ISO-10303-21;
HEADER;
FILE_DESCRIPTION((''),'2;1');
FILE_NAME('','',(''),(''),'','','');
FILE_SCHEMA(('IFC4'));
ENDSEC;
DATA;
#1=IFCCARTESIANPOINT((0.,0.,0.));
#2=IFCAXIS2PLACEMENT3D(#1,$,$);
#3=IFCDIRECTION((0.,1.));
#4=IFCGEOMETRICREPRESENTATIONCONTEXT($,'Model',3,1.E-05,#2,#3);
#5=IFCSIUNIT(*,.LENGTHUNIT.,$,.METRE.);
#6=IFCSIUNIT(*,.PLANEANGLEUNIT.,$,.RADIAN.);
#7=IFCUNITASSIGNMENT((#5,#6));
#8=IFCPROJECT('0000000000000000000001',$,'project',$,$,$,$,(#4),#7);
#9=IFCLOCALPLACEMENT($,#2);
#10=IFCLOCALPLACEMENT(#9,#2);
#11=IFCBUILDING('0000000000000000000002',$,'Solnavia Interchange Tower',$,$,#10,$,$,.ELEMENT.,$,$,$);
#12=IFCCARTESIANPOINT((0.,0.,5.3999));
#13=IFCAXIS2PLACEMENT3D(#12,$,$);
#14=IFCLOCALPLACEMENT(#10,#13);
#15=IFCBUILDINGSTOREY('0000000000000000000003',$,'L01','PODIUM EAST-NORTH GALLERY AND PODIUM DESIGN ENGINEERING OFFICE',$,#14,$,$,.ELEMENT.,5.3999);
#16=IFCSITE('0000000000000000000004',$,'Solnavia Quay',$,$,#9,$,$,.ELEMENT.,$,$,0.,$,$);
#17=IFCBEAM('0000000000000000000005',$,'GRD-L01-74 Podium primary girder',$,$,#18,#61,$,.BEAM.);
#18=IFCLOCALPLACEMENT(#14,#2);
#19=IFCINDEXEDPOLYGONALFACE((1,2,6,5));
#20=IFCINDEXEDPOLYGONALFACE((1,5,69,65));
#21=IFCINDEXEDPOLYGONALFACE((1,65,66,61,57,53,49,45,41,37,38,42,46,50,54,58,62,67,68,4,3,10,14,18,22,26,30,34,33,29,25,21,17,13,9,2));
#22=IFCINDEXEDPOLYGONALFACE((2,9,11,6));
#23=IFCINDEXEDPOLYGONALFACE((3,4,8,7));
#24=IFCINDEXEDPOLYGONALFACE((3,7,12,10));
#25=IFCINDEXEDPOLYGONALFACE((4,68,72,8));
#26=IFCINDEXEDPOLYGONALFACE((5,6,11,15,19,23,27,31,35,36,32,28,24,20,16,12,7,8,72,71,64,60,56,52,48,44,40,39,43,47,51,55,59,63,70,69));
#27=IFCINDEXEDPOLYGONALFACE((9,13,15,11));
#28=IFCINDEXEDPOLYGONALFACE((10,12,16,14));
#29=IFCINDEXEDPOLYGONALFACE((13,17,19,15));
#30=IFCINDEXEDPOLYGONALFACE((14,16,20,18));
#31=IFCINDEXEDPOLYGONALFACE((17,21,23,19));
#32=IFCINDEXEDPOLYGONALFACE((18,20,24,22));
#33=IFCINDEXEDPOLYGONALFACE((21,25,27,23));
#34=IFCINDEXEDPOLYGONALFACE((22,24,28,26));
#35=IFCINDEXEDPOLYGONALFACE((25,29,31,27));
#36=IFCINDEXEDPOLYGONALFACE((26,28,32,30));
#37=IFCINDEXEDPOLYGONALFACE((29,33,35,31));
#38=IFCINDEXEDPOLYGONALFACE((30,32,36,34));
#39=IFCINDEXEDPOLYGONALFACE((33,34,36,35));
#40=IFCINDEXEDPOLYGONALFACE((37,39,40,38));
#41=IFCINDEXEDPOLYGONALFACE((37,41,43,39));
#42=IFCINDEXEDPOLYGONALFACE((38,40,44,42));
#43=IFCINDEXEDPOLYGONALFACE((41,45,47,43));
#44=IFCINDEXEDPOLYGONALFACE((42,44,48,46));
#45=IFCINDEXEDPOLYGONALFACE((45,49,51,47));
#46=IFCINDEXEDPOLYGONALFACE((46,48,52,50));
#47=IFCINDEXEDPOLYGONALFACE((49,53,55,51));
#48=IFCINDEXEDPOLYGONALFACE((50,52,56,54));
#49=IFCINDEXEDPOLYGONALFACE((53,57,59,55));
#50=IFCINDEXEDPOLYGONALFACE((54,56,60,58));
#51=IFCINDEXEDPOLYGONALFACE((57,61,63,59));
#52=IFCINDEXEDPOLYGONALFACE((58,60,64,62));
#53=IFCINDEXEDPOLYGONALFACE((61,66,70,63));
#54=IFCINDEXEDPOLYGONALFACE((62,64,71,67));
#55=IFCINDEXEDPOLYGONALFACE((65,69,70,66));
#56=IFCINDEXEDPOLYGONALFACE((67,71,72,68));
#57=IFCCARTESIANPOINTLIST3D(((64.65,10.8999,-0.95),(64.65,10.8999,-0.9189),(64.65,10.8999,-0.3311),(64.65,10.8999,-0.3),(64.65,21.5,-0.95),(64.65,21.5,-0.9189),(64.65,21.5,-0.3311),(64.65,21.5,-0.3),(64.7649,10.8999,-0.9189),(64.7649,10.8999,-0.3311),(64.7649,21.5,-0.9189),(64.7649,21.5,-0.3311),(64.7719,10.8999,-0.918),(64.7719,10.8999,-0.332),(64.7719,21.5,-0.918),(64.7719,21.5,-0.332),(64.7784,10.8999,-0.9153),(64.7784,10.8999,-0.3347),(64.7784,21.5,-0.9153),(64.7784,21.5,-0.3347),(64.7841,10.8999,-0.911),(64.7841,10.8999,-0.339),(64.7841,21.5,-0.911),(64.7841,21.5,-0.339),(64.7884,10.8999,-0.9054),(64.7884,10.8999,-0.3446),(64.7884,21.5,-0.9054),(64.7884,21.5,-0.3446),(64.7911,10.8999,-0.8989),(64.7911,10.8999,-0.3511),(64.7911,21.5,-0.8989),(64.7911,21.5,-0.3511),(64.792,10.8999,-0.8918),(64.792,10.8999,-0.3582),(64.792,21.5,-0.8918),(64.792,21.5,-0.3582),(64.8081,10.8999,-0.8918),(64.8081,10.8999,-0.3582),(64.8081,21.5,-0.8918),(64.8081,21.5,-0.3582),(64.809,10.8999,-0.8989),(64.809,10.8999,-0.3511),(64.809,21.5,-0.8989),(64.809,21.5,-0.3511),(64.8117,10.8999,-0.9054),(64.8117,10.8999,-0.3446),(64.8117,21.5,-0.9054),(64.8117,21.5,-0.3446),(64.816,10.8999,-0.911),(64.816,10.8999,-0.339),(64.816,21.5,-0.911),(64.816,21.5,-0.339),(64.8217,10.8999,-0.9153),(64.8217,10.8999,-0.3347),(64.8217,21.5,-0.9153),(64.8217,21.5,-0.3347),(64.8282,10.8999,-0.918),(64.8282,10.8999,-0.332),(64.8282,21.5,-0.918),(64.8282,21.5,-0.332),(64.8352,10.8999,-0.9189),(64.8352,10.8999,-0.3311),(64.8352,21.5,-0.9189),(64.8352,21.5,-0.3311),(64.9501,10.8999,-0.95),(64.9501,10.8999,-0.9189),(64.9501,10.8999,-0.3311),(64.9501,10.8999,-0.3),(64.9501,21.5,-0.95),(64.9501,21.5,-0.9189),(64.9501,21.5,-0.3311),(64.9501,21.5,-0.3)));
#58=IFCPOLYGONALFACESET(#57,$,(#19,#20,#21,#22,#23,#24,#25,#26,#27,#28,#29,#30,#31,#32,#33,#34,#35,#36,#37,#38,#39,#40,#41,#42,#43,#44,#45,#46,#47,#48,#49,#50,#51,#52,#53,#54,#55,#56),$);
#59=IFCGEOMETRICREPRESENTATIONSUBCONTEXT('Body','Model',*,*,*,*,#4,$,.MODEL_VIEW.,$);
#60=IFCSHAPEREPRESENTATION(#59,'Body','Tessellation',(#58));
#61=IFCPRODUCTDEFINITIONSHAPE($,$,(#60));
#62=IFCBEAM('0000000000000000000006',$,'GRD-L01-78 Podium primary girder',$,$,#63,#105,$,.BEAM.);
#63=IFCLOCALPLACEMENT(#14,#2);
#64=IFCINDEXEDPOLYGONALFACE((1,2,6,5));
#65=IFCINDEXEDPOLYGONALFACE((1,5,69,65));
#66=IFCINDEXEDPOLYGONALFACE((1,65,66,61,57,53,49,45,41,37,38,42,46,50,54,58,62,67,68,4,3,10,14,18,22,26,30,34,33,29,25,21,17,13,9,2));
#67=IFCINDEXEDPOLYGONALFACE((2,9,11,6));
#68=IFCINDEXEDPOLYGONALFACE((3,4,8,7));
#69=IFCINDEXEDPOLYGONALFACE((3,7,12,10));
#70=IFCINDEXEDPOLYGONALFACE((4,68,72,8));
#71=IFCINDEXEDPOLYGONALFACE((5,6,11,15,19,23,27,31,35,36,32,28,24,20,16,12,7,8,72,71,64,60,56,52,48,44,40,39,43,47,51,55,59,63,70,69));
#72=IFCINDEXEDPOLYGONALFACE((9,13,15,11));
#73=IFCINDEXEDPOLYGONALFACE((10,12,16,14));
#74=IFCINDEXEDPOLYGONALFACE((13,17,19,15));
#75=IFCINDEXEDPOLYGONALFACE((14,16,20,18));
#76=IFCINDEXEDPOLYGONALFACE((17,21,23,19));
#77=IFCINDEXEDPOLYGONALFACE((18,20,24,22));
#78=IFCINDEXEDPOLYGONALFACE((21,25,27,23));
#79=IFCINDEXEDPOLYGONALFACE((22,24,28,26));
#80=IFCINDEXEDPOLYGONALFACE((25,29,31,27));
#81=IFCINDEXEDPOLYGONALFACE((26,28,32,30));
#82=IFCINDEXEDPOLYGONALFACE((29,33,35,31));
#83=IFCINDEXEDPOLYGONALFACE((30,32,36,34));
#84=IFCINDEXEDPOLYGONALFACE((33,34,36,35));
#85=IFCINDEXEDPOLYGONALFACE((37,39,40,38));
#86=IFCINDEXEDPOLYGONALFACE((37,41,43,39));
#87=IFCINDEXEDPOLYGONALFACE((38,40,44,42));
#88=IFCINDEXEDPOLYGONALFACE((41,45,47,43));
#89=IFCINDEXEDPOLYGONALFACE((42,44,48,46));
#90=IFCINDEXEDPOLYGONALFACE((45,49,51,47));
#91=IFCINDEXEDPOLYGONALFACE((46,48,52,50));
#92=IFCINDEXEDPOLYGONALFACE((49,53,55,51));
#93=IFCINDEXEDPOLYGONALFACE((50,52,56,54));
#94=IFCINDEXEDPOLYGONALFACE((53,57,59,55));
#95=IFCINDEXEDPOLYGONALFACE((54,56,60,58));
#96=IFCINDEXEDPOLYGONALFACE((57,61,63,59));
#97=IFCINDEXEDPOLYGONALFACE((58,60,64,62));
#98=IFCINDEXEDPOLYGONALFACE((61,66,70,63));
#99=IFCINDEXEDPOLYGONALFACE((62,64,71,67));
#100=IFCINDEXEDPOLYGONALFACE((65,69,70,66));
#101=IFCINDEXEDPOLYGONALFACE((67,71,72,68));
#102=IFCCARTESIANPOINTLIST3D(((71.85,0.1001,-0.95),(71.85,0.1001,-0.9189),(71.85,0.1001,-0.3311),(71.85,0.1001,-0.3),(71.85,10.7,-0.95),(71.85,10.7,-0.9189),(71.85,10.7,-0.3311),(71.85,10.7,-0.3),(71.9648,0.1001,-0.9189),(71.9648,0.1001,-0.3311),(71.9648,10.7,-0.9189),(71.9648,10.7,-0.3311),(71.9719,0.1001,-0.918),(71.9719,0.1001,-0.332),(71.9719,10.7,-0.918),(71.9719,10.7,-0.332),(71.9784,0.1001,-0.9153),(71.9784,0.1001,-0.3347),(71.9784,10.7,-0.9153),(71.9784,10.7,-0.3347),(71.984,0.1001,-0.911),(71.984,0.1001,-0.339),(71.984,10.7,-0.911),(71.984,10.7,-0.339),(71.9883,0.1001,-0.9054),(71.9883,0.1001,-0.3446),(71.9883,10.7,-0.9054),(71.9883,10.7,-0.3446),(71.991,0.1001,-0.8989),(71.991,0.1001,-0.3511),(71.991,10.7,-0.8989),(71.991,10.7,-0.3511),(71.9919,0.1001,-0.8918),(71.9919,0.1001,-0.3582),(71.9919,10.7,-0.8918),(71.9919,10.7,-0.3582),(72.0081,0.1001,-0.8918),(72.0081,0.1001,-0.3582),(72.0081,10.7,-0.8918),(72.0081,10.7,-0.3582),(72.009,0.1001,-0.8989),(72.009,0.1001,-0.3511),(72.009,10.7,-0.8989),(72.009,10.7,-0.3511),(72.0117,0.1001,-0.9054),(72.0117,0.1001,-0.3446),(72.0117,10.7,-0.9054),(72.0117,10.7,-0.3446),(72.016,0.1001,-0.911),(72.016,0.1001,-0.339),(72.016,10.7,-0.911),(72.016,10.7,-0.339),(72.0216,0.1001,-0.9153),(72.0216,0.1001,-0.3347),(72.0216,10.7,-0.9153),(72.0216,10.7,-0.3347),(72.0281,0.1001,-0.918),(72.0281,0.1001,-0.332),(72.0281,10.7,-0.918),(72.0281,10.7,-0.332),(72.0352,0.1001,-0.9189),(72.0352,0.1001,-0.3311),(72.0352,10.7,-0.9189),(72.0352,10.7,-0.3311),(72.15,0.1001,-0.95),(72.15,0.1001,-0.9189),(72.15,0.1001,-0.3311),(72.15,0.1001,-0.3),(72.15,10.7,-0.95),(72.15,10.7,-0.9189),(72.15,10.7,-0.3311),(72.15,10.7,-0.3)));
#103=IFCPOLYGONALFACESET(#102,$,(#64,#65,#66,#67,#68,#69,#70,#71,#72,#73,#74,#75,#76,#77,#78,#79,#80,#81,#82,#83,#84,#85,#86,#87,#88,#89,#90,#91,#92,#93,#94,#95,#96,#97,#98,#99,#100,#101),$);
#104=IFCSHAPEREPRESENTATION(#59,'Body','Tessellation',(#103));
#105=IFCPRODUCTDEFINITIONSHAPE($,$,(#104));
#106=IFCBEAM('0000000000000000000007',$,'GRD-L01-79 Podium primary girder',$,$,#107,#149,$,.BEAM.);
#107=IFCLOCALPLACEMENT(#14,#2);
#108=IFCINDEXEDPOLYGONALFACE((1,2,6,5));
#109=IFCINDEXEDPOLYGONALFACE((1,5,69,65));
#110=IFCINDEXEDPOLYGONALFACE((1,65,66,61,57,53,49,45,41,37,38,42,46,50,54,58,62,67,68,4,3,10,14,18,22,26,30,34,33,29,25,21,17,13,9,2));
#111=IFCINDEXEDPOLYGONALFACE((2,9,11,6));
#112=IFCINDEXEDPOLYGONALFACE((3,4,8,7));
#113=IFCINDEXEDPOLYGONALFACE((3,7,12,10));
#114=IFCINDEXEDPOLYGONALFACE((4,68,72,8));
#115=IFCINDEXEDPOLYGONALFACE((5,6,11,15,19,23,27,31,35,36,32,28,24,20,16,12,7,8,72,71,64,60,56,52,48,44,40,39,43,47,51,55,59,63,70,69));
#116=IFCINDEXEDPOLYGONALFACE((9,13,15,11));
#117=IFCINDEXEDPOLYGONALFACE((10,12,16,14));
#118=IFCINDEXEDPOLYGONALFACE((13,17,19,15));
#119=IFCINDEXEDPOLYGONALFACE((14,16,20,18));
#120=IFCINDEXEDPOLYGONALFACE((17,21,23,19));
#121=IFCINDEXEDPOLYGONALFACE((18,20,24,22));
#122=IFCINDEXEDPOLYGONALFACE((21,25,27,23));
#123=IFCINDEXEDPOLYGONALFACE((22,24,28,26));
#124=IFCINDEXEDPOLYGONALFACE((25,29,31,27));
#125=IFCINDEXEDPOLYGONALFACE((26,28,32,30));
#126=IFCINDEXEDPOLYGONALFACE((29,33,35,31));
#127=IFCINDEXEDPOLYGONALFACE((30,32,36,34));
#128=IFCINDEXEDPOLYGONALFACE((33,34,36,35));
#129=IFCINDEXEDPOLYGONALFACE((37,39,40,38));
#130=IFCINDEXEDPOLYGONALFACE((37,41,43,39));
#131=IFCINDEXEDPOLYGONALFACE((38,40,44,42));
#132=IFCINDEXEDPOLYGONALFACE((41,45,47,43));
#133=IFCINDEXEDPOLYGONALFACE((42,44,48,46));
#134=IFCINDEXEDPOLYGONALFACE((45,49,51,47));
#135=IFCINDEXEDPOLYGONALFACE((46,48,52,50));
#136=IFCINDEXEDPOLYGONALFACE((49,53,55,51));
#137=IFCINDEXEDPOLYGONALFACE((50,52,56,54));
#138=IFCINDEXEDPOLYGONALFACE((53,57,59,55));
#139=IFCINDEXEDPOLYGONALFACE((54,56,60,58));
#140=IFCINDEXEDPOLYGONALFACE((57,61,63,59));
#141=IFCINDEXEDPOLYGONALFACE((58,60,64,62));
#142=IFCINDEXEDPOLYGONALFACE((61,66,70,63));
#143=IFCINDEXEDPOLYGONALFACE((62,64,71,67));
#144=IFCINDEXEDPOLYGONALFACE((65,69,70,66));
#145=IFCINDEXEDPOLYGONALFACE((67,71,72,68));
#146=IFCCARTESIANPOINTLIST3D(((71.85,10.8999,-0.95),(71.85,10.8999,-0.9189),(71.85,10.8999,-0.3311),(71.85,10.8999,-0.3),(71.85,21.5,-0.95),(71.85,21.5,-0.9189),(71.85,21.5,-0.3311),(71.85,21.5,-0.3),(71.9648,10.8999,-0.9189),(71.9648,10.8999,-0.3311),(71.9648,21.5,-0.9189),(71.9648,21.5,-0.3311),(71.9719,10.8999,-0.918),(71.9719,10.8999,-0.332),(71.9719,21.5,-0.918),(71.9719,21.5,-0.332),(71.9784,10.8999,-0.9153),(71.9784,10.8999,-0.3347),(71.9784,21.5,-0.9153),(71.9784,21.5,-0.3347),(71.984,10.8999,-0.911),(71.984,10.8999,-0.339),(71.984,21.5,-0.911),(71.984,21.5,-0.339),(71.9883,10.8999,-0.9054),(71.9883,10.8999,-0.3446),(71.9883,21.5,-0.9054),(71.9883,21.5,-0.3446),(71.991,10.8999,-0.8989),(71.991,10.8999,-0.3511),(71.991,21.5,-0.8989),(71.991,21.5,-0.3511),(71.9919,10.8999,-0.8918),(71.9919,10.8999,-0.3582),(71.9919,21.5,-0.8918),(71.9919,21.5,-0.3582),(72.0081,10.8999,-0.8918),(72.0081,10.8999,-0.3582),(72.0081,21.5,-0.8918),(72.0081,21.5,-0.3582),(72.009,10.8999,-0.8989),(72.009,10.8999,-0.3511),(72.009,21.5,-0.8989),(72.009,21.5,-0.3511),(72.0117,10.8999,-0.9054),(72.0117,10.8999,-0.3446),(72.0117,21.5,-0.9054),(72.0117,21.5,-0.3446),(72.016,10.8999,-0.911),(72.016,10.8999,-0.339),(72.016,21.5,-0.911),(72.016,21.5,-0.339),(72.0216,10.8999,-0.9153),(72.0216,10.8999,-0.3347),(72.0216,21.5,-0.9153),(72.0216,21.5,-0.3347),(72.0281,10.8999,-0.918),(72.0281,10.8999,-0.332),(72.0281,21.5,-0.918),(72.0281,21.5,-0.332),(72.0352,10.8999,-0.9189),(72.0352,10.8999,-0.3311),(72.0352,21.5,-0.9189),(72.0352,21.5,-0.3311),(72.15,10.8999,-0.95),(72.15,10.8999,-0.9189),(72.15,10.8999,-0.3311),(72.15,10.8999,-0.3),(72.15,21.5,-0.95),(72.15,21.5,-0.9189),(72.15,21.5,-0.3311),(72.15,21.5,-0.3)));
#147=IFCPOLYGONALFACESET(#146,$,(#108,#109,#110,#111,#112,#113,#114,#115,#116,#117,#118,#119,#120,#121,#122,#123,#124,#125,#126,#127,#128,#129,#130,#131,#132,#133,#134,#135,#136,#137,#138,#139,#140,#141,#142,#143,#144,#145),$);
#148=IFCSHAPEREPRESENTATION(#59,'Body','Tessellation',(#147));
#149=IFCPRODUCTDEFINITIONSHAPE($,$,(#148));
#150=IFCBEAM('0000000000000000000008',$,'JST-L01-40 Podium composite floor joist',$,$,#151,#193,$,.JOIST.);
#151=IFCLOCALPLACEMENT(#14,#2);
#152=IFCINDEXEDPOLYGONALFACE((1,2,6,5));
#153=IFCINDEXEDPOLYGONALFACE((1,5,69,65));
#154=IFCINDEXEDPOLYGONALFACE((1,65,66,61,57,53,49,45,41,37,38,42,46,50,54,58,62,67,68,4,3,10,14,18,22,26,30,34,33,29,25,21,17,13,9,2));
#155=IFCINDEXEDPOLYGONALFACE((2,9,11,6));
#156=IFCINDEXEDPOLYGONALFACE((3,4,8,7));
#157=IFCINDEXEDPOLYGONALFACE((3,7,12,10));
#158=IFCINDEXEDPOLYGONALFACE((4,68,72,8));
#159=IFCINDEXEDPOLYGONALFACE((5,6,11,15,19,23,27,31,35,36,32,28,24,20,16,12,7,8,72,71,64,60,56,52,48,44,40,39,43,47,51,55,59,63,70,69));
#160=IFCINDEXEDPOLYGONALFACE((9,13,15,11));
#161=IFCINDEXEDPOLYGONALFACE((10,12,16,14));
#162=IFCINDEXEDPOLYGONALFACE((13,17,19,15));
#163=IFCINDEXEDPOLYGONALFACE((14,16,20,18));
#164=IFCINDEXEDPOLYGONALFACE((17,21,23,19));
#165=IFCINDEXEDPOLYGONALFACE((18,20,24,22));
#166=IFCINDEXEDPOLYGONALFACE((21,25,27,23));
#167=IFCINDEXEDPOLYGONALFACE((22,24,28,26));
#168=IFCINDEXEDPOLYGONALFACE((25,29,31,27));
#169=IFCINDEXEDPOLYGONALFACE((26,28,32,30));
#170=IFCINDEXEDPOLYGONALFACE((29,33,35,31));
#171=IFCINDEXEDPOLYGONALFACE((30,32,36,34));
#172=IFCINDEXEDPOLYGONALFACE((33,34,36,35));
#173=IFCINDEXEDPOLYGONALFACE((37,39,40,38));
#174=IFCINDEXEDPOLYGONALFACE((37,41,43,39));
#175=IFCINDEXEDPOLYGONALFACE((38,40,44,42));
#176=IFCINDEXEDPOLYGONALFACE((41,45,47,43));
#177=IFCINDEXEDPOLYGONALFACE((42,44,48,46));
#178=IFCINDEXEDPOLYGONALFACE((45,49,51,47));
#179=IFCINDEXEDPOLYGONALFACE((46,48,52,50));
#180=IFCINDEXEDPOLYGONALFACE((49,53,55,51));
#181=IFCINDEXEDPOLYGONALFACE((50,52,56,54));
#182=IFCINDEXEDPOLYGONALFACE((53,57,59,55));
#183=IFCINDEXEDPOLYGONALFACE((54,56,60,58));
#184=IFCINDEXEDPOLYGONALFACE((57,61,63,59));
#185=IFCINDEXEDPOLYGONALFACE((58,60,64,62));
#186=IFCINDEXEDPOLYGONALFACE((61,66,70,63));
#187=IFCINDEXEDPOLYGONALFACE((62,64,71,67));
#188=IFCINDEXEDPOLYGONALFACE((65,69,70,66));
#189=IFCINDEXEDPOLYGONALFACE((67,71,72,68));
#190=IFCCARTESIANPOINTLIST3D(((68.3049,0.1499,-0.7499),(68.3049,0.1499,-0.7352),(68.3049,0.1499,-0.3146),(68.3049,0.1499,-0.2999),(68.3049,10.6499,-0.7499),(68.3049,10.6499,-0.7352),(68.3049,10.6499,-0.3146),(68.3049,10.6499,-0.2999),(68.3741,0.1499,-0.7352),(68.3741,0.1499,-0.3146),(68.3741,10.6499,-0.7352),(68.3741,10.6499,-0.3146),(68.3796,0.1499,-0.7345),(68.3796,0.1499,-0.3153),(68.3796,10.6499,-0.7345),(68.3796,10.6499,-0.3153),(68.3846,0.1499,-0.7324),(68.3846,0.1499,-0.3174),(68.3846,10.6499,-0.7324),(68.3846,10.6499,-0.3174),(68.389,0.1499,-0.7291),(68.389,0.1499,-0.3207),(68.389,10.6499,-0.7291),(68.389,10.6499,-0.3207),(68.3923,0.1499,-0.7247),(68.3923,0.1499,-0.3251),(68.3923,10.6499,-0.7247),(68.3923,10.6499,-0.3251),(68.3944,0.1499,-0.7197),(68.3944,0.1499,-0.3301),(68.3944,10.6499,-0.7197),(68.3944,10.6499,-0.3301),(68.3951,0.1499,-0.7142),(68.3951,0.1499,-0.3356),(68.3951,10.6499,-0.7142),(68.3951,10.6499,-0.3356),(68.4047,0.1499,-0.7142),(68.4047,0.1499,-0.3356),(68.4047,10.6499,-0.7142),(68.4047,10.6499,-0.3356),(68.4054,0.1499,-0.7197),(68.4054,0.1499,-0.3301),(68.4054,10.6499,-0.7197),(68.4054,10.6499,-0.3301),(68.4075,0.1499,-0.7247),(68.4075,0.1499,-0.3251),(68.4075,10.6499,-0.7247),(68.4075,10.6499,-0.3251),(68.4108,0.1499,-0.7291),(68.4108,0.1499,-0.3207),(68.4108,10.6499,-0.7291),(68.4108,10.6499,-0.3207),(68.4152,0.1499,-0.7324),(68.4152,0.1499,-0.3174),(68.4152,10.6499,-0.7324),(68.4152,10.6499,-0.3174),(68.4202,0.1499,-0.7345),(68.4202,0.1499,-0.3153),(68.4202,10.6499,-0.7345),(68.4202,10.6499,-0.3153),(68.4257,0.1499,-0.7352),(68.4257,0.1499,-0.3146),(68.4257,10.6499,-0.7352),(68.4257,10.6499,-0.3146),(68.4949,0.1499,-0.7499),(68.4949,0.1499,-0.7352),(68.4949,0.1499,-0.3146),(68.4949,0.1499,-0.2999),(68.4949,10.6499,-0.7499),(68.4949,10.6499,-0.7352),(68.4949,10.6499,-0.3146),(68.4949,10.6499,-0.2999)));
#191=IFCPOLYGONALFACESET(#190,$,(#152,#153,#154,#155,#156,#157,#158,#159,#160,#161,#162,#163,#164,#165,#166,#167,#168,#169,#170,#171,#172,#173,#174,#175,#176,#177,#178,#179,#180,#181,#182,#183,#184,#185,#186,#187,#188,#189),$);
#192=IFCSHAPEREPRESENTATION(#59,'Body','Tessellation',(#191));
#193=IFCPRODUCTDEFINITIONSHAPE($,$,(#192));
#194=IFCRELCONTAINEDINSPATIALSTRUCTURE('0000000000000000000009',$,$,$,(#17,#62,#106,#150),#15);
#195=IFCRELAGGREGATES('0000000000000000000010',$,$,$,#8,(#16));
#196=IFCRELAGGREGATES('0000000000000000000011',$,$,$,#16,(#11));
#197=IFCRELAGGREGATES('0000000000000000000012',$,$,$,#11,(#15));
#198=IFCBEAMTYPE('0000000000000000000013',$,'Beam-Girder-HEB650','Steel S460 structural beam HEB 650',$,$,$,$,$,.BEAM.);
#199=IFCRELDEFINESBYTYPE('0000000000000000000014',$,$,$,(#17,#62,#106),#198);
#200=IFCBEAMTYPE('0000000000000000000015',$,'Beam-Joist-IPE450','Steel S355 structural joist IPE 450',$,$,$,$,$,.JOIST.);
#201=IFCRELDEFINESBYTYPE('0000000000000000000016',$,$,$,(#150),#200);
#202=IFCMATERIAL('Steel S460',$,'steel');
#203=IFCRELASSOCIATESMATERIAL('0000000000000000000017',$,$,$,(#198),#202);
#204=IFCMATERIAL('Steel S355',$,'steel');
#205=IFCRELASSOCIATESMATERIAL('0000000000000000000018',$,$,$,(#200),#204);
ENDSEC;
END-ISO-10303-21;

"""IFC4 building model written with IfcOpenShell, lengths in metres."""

from ifc_helpers import new_model, si_unit, direction, frame, origin, origin_2d, place, context, subcontext, project, spatial, i_section, extrude, material, material_profile, profile_set, type_object, element, save


model = new_model("IFC4")

# Units and contexts
model_context = context("Model", 3, precision=1e-05, world=origin(), true_north=direction((0.0, 1.0)))
body_context = subcontext(model_context, "Body", "Model", "MODEL_VIEW")
ifc_project = project(units=[si_unit("LENGTHUNIT", "METRE"), si_unit("PLANEANGLEUNIT", "RADIAN")], contexts=[model_context])

# Site, building, storey
site_placement = place(None, origin())
site = spatial("IfcSite", under=ifc_project, at=site_placement, Name="Solnavia Quay", CompositionType="ELEMENT", RefElevation=0.0)
building_placement = place(site_placement, origin())
building = spatial("IfcBuilding", under=site, at=building_placement, Name="Solnavia Interchange Tower", CompositionType="ELEMENT")
storey_placement = place(building_placement, frame((0.0, 0.0, 5.3999)))
storey = spatial("IfcBuildingStorey", under=building, at=storey_placement, Name="L01", Description="PODIUM EAST-NORTH GALLERY AND PODIUM DESIGN ENGINEERING OFFICE", CompositionType="ELEMENT", Elevation=5.3999)

# Beams
ifc_material_1 = material(Name="Steel S460", Category="steel")
ifc_material_profile_1 = material_profile(ifc_material_1, i_section(OverallWidth=0.3, OverallDepth=0.6499, WebThickness=0.0161, FlangeThickness=0.031, FilletRadius=0.0271, at=origin_2d()), Name="HEB 650")
ifc_profile_set_1 = profile_set([ifc_material_profile_1], Name="Steel S460")
beam_type_1 = type_object("IfcBeamType", Name="Beam-Girder-HEB650", Description="Steel S460 structural beam HEB 650", PredefinedType="BEAM", material=ifc_profile_set_1)
beam_1_placement = place(storey_placement, frame((64.8, 10.8999, -0.625), z_axis=(0.0, 1.0, 0.0), x_axis=(-1.0, 0.0, 0.0)))
element("IfcBeam", 1, at=beam_1_placement, inside=storey, type_object=beam_type_1, Name="GRD-L01-74 Podium primary girder", PredefinedType="BEAM", context=body_context, shape_type="SweptSolid", body=[
    extrude(i_section(OverallWidth=0.3, OverallDepth=0.6499, WebThickness=0.0161, FlangeThickness=0.031, FilletRadius=0.0271, at=origin_2d()), origin(), (0.0, 0.0, 1.0), 10.6001),
])
beam_2_placement = place(storey_placement, frame((72.0, 0.1001, -0.625), z_axis=(0.0, 1.0, 0.0), x_axis=(-1.0, 0.0, 0.0)))
element("IfcBeam", 2, at=beam_2_placement, inside=storey, type_object=beam_type_1, Name="GRD-L01-78 Podium primary girder", PredefinedType="BEAM", context=body_context, shape_type="SweptSolid", body=[
    extrude(i_section(OverallWidth=0.3, OverallDepth=0.6499, WebThickness=0.0161, FlangeThickness=0.031, FilletRadius=0.0271, at=origin_2d()), origin(), (0.0, 0.0, 1.0), 10.5999),
])
beam_3_placement = place(storey_placement, frame((72.0, 10.8999, -0.625), z_axis=(0.0, 1.0, 0.0), x_axis=(-1.0, 0.0, 0.0)))
element("IfcBeam", 3, at=beam_3_placement, inside=storey, type_object=beam_type_1, Name="GRD-L01-79 Podium primary girder", PredefinedType="BEAM", context=body_context, shape_type="SweptSolid", body=[
    extrude(i_section(OverallWidth=0.3, OverallDepth=0.6499, WebThickness=0.0161, FlangeThickness=0.031, FilletRadius=0.0271, at=origin_2d()), origin(), (0.0, 0.0, 1.0), 10.6001),
])
ifc_material_2 = material(Name="Steel S355", Category="steel")
ifc_material_profile_2 = material_profile(ifc_material_2, i_section(OverallWidth=0.1899, OverallDepth=0.45, WebThickness=0.0095, FlangeThickness=0.0146, FilletRadius=0.021, at=origin_2d()), Name="IPE 450")
ifc_profile_set_2 = profile_set([ifc_material_profile_2], Name="Steel S355")
beam_type_2 = type_object("IfcBeamType", Name="Beam-Joist-IPE450", Description="Steel S355 structural joist IPE 450", PredefinedType="JOIST", material=ifc_profile_set_2)
for number, where, z_axis, x_axis, name in (
    (4, (68.3999, 0.1499, -0.5249), (0.0, 1.0, 0.0), (-1.0, 0.0, 0.0), "JST-L01-40 Podium composite floor joist"),
):
    element("IfcBeam", number, at=place(storey_placement, frame(where, z_axis=z_axis, x_axis=x_axis)), inside=storey, type_object=beam_type_2, Name=name, PredefinedType="JOIST", context=body_context, shape_type="SweptSolid", body=[
        extrude(i_section(OverallWidth=0.1899, OverallDepth=0.45, WebThickness=0.0095, FlangeThickness=0.0146, FilletRadius=0.021, at=origin_2d()), origin(), (0.0, 0.0, 1.0), 10.5),
    ])

save(model, "model.ifc")
